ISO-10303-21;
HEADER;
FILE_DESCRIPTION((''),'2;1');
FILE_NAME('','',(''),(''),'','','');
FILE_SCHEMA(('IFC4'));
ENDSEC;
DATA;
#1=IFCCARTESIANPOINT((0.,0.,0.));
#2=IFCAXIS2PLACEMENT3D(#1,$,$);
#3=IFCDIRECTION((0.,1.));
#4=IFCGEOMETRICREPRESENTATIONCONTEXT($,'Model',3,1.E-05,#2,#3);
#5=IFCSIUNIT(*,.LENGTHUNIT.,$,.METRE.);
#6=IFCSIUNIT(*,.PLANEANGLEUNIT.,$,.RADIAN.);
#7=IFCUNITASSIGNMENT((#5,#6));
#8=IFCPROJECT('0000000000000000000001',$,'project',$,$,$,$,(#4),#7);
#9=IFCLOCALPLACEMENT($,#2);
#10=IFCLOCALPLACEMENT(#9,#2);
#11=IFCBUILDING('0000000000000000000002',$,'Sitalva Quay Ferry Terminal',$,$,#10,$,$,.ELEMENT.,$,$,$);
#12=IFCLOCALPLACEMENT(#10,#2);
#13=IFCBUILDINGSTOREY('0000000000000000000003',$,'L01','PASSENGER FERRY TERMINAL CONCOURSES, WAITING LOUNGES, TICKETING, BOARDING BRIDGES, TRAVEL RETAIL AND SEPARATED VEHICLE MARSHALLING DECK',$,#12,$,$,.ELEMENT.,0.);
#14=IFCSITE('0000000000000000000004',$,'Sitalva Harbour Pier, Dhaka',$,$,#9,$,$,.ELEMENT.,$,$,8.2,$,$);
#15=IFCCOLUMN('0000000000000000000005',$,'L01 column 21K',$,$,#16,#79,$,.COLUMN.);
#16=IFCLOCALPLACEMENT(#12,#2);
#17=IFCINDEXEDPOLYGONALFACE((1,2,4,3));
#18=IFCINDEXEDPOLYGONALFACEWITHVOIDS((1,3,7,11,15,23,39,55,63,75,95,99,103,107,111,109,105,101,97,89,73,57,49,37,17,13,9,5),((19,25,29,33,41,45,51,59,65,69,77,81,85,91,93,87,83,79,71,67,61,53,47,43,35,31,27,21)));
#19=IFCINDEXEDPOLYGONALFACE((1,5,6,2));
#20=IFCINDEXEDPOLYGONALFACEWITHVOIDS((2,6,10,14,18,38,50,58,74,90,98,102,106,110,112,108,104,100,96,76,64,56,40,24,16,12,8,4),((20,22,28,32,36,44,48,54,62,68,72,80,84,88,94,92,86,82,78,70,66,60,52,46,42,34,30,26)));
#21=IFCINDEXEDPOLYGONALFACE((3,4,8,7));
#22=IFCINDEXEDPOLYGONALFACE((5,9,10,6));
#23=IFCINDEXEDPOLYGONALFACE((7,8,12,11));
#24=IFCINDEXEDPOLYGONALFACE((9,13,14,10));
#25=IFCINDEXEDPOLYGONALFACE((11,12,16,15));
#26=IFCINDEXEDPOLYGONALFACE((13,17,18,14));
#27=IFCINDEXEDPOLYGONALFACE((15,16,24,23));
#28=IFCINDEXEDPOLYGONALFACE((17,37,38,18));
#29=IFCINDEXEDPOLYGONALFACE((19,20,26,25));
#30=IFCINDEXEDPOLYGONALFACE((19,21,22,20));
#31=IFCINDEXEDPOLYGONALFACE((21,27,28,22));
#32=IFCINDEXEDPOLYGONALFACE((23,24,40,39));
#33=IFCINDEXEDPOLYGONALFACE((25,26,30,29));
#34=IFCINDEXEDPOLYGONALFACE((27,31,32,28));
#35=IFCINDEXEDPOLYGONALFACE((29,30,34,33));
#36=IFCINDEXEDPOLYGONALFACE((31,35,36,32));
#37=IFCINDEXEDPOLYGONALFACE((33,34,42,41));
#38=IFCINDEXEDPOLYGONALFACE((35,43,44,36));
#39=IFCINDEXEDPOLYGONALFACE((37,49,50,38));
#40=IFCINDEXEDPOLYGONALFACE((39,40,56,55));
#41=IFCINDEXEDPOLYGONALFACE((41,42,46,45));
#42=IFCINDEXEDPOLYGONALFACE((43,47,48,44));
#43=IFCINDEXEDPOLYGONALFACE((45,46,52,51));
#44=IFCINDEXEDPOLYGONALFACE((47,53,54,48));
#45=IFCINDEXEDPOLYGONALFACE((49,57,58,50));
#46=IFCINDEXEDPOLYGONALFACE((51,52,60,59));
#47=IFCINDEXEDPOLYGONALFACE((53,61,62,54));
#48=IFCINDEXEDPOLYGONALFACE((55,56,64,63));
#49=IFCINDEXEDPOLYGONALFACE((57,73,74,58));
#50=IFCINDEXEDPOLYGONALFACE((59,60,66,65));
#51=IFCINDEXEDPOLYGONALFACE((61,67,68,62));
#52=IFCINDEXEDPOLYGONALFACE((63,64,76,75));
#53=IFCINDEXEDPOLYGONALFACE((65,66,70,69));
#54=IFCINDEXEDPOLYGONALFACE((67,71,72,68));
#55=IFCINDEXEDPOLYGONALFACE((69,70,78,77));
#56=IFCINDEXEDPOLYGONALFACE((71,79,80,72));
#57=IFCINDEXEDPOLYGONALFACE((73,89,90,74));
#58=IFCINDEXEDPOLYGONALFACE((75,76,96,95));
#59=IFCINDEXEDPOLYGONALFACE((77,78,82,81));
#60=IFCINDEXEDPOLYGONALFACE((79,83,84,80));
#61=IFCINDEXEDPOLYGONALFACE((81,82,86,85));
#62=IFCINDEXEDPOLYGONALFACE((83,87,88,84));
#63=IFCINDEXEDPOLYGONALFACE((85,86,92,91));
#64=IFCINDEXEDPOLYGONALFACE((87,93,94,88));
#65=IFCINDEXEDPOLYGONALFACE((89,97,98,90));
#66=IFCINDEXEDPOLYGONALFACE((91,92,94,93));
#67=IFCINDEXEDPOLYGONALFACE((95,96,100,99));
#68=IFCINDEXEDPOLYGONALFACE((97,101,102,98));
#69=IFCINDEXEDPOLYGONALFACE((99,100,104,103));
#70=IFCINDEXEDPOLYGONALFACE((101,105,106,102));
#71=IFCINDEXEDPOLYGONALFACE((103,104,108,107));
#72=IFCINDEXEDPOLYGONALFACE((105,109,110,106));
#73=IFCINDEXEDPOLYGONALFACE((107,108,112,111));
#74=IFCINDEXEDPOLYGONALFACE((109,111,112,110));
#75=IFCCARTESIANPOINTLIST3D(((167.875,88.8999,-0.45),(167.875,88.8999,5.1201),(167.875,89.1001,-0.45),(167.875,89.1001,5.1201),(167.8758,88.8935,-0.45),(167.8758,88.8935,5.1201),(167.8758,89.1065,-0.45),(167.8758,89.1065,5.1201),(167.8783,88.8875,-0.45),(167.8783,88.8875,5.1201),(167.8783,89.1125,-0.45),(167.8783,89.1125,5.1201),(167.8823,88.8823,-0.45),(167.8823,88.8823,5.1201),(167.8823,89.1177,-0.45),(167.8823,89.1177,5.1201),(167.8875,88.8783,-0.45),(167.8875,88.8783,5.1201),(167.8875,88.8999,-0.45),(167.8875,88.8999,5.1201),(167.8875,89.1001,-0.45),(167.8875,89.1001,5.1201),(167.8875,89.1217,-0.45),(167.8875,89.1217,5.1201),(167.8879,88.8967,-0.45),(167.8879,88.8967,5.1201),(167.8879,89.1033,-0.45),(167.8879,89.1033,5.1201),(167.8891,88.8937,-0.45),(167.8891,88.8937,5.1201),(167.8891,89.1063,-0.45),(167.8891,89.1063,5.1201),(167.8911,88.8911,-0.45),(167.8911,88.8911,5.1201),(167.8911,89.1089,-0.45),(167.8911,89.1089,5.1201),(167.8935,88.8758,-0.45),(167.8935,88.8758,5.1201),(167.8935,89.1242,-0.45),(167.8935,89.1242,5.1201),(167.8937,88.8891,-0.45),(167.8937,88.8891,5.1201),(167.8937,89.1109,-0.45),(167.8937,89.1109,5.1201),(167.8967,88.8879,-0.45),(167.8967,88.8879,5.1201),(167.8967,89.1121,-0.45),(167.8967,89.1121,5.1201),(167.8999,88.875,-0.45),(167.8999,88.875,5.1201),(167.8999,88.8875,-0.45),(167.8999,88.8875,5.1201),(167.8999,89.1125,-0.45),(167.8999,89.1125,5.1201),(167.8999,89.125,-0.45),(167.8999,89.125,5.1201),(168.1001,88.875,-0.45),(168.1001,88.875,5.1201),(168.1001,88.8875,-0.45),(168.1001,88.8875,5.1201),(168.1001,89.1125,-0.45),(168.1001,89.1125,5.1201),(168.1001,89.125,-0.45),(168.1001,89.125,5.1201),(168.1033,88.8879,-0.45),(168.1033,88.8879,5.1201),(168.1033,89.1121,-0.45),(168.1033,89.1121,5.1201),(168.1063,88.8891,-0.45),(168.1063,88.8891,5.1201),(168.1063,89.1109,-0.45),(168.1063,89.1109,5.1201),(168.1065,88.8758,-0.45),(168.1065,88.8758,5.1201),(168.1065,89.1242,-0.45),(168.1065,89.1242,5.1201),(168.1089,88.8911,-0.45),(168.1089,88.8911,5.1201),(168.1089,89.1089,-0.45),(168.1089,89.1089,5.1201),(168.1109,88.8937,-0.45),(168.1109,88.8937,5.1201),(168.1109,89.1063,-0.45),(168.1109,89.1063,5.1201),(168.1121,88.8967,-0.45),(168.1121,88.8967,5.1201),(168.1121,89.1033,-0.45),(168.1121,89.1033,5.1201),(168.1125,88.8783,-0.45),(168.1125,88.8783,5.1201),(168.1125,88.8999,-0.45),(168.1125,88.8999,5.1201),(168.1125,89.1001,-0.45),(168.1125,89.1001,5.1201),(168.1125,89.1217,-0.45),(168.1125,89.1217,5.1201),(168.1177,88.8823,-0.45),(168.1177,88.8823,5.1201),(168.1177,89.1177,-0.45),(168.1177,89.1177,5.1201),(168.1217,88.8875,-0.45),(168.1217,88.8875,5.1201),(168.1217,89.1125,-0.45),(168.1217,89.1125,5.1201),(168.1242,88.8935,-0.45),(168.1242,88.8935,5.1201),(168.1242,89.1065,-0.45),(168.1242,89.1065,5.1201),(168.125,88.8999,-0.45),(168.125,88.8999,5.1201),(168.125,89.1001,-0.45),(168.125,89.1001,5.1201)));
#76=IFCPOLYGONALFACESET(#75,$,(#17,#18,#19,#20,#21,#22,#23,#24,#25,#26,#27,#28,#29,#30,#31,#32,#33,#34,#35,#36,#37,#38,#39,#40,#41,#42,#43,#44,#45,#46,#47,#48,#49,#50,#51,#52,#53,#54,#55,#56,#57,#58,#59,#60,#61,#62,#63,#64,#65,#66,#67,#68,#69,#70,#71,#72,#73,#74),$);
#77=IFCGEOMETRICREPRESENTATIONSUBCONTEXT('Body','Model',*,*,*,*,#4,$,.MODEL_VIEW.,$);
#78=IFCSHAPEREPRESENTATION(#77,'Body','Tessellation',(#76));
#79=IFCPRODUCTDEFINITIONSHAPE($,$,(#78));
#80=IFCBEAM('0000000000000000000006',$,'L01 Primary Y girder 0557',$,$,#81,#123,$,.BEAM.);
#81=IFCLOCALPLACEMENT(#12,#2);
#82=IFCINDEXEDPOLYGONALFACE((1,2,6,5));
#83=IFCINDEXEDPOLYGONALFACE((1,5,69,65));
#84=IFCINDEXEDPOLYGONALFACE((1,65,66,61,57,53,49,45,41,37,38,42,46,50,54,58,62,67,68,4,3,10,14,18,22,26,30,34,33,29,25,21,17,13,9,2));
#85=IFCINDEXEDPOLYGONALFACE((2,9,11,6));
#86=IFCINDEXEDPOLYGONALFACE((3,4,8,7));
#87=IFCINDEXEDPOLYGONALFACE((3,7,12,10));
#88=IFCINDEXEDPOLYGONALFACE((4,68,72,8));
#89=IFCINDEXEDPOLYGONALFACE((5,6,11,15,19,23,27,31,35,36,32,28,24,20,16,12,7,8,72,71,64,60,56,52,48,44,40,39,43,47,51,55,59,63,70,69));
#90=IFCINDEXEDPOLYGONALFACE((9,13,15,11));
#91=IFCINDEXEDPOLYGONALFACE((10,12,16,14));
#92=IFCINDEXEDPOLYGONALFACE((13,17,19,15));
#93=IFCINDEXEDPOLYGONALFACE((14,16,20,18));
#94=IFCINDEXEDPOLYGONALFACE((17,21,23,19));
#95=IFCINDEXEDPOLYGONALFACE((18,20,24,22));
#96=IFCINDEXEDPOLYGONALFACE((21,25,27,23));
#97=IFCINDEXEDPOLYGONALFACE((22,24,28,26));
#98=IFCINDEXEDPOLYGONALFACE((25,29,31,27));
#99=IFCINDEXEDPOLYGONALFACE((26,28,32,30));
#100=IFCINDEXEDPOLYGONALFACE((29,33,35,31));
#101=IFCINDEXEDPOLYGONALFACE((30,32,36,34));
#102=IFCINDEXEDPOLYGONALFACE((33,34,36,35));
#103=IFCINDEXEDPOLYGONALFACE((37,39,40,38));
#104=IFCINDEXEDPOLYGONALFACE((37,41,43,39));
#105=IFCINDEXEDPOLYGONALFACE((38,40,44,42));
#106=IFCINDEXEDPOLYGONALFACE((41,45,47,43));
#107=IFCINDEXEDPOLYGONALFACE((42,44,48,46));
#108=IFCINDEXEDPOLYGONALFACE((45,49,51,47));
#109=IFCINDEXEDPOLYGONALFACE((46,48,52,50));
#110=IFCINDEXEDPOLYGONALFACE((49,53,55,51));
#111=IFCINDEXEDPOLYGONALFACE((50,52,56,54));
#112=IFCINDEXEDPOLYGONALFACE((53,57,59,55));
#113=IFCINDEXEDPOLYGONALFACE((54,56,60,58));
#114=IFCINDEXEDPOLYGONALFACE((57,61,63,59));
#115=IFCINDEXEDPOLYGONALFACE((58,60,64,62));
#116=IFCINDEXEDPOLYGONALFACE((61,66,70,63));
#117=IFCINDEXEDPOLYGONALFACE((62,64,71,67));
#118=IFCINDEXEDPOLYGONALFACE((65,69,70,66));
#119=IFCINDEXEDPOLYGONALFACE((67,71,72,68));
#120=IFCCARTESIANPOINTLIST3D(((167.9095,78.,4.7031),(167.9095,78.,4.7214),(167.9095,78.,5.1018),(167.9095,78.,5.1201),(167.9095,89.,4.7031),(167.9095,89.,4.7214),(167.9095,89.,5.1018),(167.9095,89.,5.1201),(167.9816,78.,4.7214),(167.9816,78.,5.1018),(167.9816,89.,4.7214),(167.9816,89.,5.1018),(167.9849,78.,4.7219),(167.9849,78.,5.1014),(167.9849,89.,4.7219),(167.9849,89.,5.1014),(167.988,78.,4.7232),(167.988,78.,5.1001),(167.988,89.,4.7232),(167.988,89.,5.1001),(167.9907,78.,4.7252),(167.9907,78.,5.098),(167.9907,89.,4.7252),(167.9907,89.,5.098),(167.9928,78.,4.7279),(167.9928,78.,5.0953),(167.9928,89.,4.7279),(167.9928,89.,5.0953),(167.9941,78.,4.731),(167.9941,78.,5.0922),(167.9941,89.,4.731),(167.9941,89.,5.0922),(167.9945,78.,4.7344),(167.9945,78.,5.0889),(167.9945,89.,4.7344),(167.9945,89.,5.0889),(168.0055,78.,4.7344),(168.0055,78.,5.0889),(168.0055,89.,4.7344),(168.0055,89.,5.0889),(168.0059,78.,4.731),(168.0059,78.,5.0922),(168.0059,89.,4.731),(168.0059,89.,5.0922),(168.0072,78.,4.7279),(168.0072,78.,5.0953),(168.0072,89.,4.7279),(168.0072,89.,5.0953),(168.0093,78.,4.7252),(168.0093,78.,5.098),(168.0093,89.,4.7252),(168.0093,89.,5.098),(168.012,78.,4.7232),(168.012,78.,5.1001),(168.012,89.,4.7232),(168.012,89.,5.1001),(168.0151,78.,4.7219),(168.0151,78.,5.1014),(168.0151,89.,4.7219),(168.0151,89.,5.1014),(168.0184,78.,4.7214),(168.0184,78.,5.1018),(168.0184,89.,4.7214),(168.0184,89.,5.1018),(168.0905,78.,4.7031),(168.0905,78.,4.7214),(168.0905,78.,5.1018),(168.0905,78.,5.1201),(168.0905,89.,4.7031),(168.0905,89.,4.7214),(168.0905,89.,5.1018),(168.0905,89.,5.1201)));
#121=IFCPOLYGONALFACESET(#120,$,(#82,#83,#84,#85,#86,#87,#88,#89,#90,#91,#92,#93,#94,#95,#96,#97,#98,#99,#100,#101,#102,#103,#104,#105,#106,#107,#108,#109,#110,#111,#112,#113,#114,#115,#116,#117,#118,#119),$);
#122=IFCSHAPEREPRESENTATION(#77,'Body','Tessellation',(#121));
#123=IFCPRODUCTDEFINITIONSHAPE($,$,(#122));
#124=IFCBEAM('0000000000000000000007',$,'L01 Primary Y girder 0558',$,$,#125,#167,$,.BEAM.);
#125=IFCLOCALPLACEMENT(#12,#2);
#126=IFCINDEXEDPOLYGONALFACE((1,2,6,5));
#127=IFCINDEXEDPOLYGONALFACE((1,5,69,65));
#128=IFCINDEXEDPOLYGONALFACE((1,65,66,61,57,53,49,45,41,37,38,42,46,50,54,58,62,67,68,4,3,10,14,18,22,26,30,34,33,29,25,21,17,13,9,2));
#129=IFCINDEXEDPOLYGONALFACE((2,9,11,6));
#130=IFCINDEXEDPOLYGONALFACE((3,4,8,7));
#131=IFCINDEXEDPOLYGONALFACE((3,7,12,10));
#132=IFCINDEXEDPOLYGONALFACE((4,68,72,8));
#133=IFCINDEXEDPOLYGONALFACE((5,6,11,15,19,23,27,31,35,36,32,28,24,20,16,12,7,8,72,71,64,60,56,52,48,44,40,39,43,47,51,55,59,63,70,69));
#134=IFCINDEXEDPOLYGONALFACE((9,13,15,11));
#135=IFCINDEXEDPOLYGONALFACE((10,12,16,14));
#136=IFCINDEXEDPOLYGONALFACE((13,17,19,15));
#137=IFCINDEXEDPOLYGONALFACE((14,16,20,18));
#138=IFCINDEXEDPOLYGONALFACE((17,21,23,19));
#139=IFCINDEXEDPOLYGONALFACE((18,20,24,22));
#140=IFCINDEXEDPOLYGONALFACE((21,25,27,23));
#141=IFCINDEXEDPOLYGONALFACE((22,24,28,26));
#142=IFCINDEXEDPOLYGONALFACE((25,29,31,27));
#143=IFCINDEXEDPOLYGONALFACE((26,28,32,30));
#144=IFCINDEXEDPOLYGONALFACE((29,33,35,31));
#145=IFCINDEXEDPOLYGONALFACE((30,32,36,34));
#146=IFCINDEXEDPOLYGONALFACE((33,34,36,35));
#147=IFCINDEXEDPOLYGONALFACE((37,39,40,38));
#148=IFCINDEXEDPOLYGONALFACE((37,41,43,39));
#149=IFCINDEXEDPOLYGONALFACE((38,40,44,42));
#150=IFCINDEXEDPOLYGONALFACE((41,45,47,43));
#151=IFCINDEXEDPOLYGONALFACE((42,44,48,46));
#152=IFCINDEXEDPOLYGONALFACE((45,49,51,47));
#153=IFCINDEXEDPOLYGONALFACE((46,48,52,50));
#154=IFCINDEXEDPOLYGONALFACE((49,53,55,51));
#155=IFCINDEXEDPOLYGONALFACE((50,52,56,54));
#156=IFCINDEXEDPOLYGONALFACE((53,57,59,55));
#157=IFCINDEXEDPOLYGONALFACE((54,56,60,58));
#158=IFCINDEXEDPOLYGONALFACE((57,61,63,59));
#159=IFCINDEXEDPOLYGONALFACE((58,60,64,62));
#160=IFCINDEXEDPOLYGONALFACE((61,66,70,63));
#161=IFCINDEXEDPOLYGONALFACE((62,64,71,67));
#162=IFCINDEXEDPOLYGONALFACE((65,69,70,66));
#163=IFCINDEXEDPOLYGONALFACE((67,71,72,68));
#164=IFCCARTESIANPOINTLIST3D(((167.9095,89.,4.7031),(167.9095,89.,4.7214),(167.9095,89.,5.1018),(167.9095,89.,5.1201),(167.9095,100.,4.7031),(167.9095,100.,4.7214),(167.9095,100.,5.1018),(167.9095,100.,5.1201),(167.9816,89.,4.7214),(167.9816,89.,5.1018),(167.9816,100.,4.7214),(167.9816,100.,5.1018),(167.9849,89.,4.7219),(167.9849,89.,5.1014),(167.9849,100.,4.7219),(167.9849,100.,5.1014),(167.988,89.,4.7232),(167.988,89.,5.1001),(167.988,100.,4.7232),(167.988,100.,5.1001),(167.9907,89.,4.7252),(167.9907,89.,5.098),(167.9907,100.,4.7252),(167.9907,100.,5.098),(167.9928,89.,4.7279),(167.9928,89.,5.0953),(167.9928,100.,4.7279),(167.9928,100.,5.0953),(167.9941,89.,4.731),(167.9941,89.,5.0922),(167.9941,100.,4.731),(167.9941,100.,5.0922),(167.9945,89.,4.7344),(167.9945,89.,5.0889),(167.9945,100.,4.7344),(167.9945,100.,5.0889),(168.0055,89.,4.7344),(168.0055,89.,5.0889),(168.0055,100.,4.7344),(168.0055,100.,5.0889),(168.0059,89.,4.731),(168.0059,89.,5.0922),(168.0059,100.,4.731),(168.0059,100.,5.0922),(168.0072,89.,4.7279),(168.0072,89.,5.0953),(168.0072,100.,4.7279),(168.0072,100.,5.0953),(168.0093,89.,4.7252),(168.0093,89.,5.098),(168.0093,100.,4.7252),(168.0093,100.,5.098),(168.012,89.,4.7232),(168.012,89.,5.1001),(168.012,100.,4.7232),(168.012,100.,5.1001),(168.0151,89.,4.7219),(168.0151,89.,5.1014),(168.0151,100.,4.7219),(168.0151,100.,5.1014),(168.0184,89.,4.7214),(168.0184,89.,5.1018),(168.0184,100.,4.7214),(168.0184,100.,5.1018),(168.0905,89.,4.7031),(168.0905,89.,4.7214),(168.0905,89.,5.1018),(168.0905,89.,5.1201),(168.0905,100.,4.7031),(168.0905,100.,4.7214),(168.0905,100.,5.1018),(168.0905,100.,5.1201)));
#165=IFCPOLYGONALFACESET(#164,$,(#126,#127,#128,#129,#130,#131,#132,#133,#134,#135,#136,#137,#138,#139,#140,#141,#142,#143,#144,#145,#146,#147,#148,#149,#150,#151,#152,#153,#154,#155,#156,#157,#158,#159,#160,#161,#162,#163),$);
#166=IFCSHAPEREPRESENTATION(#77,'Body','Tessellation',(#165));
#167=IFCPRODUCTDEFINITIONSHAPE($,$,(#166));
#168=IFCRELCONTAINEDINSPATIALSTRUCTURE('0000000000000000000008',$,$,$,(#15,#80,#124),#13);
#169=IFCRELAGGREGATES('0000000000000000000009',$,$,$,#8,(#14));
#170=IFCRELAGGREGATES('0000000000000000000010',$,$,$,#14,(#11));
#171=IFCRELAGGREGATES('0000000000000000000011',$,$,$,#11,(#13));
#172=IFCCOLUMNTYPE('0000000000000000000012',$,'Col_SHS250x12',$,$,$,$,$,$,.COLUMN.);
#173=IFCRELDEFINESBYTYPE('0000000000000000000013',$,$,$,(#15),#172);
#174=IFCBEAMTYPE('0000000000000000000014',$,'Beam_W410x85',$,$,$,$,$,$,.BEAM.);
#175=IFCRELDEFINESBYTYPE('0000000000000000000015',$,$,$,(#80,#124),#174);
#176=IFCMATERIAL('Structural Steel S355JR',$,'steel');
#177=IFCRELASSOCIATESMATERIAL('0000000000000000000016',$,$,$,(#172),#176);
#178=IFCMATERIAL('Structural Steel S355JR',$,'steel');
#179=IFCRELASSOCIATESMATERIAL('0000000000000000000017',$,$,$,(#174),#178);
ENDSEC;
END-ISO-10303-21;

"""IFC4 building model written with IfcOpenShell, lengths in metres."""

from ifc_helpers import new_model, si_unit, direction, frame, origin, origin_2d, place, context, subcontext, project, spatial, hollow_rectangle, i_section, extrude, material, material_profile, profile_set, type_object, element, save


model = new_model("IFC4")

# Units and contexts
model_context = context("Model", 3, precision=1e-05, world=origin(), true_north=direction((0.0, 1.0)))
body_context = subcontext(model_context, "Body", "Model", "MODEL_VIEW")
ifc_project = project(units=[si_unit("LENGTHUNIT", "METRE"), si_unit("PLANEANGLEUNIT", "RADIAN")], contexts=[model_context])

# Site, building, storey
site_placement = place(None, origin())
site = spatial("IfcSite", under=ifc_project, at=site_placement, Name="Sitalva Harbour Pier, Dhaka", CompositionType="ELEMENT", RefElevation=8.2)
building_placement = place(site_placement, origin())
building = spatial("IfcBuilding", under=site, at=building_placement, Name="Sitalva Quay Ferry Terminal", CompositionType="ELEMENT")
storey_placement = place(building_placement, origin())
storey = spatial("IfcBuildingStorey", under=building, at=storey_placement, Name="L01", Description="PASSENGER FERRY TERMINAL CONCOURSES, WAITING LOUNGES, TICKETING, BOARDING BRIDGES, TRAVEL RETAIL AND SEPARATED VEHICLE MARSHALLING DECK", CompositionType="ELEMENT", Elevation=0.0)

# Column
ifc_material_1 = material(Name="Structural Steel S355JR", Category="steel")
ifc_material_profile_1 = material_profile(ifc_material_1, hollow_rectangle(XDim=0.25, YDim=0.25, WallThickness=0.0125, InnerFilletRadius=0.0125, OuterFilletRadius=0.0249, at=origin_2d()), Name="SHS250x250x12.5")
ifc_profile_set_1 = profile_set([ifc_material_profile_1], Name="Structural Steel S355JR")
column_type_1 = type_object("IfcColumnType", Name="Col_SHS250x12", PredefinedType="COLUMN", material=ifc_profile_set_1)
column_1_placement = place(storey_placement, frame((168.0, 89.0, -0.45), z_axis=(0.0, 0.0, 1.0), x_axis=(1.0, 0.0, 0.0)))
element("IfcColumn", 1, at=column_1_placement, inside=storey, type_object=column_type_1, Name="L01 column 21K", PredefinedType="COLUMN", context=body_context, shape_type="SweptSolid", body=[
    extrude(hollow_rectangle(XDim=0.25, YDim=0.25, WallThickness=0.0125, InnerFilletRadius=0.0125, OuterFilletRadius=0.0249, at=origin_2d()), origin(), (0.0, 0.0, 1.0), 5.5701),
])

# Beams
ifc_material_2 = material(Name="Structural Steel S355JR", Category="steel")
ifc_material_profile_2 = material_profile(ifc_material_2, i_section(OverallWidth=0.1809, OverallDepth=0.417, WebThickness=0.011, FlangeThickness=0.0183, FilletRadius=0.0129, at=origin_2d()), Name="W410x85")
ifc_profile_set_2 = profile_set([ifc_material_profile_2], Name="Structural Steel S355JR")
beam_type = type_object("IfcBeamType", Name="Beam_W410x85", PredefinedType="BEAM", material=ifc_profile_set_2)
for number, where, z_axis, x_axis, name in (
    (2, (168.0, 78.0, 4.9116), (0.0, 1.0, 0.0), (-1.0, 0.0, 0.0), "L01 Primary Y girder 0557"),
    (3, (168.0, 89.0, 4.9116), (0.0, 1.0, 0.0), (-1.0, 0.0, 0.0), "L01 Primary Y girder 0558"),
):
    element("IfcBeam", number, at=place(storey_placement, frame(where, z_axis=z_axis, x_axis=x_axis)), inside=storey, type_object=beam_type, Name=name, PredefinedType="BEAM", context=body_context, shape_type="SweptSolid", body=[
        extrude(i_section(OverallWidth=0.1809, OverallDepth=0.417, WebThickness=0.011, FlangeThickness=0.0183, FilletRadius=0.0129, at=origin_2d()), origin(), (0.0, 0.0, 1.0), 11.0),
    ])

save(model, "model.ifc")
